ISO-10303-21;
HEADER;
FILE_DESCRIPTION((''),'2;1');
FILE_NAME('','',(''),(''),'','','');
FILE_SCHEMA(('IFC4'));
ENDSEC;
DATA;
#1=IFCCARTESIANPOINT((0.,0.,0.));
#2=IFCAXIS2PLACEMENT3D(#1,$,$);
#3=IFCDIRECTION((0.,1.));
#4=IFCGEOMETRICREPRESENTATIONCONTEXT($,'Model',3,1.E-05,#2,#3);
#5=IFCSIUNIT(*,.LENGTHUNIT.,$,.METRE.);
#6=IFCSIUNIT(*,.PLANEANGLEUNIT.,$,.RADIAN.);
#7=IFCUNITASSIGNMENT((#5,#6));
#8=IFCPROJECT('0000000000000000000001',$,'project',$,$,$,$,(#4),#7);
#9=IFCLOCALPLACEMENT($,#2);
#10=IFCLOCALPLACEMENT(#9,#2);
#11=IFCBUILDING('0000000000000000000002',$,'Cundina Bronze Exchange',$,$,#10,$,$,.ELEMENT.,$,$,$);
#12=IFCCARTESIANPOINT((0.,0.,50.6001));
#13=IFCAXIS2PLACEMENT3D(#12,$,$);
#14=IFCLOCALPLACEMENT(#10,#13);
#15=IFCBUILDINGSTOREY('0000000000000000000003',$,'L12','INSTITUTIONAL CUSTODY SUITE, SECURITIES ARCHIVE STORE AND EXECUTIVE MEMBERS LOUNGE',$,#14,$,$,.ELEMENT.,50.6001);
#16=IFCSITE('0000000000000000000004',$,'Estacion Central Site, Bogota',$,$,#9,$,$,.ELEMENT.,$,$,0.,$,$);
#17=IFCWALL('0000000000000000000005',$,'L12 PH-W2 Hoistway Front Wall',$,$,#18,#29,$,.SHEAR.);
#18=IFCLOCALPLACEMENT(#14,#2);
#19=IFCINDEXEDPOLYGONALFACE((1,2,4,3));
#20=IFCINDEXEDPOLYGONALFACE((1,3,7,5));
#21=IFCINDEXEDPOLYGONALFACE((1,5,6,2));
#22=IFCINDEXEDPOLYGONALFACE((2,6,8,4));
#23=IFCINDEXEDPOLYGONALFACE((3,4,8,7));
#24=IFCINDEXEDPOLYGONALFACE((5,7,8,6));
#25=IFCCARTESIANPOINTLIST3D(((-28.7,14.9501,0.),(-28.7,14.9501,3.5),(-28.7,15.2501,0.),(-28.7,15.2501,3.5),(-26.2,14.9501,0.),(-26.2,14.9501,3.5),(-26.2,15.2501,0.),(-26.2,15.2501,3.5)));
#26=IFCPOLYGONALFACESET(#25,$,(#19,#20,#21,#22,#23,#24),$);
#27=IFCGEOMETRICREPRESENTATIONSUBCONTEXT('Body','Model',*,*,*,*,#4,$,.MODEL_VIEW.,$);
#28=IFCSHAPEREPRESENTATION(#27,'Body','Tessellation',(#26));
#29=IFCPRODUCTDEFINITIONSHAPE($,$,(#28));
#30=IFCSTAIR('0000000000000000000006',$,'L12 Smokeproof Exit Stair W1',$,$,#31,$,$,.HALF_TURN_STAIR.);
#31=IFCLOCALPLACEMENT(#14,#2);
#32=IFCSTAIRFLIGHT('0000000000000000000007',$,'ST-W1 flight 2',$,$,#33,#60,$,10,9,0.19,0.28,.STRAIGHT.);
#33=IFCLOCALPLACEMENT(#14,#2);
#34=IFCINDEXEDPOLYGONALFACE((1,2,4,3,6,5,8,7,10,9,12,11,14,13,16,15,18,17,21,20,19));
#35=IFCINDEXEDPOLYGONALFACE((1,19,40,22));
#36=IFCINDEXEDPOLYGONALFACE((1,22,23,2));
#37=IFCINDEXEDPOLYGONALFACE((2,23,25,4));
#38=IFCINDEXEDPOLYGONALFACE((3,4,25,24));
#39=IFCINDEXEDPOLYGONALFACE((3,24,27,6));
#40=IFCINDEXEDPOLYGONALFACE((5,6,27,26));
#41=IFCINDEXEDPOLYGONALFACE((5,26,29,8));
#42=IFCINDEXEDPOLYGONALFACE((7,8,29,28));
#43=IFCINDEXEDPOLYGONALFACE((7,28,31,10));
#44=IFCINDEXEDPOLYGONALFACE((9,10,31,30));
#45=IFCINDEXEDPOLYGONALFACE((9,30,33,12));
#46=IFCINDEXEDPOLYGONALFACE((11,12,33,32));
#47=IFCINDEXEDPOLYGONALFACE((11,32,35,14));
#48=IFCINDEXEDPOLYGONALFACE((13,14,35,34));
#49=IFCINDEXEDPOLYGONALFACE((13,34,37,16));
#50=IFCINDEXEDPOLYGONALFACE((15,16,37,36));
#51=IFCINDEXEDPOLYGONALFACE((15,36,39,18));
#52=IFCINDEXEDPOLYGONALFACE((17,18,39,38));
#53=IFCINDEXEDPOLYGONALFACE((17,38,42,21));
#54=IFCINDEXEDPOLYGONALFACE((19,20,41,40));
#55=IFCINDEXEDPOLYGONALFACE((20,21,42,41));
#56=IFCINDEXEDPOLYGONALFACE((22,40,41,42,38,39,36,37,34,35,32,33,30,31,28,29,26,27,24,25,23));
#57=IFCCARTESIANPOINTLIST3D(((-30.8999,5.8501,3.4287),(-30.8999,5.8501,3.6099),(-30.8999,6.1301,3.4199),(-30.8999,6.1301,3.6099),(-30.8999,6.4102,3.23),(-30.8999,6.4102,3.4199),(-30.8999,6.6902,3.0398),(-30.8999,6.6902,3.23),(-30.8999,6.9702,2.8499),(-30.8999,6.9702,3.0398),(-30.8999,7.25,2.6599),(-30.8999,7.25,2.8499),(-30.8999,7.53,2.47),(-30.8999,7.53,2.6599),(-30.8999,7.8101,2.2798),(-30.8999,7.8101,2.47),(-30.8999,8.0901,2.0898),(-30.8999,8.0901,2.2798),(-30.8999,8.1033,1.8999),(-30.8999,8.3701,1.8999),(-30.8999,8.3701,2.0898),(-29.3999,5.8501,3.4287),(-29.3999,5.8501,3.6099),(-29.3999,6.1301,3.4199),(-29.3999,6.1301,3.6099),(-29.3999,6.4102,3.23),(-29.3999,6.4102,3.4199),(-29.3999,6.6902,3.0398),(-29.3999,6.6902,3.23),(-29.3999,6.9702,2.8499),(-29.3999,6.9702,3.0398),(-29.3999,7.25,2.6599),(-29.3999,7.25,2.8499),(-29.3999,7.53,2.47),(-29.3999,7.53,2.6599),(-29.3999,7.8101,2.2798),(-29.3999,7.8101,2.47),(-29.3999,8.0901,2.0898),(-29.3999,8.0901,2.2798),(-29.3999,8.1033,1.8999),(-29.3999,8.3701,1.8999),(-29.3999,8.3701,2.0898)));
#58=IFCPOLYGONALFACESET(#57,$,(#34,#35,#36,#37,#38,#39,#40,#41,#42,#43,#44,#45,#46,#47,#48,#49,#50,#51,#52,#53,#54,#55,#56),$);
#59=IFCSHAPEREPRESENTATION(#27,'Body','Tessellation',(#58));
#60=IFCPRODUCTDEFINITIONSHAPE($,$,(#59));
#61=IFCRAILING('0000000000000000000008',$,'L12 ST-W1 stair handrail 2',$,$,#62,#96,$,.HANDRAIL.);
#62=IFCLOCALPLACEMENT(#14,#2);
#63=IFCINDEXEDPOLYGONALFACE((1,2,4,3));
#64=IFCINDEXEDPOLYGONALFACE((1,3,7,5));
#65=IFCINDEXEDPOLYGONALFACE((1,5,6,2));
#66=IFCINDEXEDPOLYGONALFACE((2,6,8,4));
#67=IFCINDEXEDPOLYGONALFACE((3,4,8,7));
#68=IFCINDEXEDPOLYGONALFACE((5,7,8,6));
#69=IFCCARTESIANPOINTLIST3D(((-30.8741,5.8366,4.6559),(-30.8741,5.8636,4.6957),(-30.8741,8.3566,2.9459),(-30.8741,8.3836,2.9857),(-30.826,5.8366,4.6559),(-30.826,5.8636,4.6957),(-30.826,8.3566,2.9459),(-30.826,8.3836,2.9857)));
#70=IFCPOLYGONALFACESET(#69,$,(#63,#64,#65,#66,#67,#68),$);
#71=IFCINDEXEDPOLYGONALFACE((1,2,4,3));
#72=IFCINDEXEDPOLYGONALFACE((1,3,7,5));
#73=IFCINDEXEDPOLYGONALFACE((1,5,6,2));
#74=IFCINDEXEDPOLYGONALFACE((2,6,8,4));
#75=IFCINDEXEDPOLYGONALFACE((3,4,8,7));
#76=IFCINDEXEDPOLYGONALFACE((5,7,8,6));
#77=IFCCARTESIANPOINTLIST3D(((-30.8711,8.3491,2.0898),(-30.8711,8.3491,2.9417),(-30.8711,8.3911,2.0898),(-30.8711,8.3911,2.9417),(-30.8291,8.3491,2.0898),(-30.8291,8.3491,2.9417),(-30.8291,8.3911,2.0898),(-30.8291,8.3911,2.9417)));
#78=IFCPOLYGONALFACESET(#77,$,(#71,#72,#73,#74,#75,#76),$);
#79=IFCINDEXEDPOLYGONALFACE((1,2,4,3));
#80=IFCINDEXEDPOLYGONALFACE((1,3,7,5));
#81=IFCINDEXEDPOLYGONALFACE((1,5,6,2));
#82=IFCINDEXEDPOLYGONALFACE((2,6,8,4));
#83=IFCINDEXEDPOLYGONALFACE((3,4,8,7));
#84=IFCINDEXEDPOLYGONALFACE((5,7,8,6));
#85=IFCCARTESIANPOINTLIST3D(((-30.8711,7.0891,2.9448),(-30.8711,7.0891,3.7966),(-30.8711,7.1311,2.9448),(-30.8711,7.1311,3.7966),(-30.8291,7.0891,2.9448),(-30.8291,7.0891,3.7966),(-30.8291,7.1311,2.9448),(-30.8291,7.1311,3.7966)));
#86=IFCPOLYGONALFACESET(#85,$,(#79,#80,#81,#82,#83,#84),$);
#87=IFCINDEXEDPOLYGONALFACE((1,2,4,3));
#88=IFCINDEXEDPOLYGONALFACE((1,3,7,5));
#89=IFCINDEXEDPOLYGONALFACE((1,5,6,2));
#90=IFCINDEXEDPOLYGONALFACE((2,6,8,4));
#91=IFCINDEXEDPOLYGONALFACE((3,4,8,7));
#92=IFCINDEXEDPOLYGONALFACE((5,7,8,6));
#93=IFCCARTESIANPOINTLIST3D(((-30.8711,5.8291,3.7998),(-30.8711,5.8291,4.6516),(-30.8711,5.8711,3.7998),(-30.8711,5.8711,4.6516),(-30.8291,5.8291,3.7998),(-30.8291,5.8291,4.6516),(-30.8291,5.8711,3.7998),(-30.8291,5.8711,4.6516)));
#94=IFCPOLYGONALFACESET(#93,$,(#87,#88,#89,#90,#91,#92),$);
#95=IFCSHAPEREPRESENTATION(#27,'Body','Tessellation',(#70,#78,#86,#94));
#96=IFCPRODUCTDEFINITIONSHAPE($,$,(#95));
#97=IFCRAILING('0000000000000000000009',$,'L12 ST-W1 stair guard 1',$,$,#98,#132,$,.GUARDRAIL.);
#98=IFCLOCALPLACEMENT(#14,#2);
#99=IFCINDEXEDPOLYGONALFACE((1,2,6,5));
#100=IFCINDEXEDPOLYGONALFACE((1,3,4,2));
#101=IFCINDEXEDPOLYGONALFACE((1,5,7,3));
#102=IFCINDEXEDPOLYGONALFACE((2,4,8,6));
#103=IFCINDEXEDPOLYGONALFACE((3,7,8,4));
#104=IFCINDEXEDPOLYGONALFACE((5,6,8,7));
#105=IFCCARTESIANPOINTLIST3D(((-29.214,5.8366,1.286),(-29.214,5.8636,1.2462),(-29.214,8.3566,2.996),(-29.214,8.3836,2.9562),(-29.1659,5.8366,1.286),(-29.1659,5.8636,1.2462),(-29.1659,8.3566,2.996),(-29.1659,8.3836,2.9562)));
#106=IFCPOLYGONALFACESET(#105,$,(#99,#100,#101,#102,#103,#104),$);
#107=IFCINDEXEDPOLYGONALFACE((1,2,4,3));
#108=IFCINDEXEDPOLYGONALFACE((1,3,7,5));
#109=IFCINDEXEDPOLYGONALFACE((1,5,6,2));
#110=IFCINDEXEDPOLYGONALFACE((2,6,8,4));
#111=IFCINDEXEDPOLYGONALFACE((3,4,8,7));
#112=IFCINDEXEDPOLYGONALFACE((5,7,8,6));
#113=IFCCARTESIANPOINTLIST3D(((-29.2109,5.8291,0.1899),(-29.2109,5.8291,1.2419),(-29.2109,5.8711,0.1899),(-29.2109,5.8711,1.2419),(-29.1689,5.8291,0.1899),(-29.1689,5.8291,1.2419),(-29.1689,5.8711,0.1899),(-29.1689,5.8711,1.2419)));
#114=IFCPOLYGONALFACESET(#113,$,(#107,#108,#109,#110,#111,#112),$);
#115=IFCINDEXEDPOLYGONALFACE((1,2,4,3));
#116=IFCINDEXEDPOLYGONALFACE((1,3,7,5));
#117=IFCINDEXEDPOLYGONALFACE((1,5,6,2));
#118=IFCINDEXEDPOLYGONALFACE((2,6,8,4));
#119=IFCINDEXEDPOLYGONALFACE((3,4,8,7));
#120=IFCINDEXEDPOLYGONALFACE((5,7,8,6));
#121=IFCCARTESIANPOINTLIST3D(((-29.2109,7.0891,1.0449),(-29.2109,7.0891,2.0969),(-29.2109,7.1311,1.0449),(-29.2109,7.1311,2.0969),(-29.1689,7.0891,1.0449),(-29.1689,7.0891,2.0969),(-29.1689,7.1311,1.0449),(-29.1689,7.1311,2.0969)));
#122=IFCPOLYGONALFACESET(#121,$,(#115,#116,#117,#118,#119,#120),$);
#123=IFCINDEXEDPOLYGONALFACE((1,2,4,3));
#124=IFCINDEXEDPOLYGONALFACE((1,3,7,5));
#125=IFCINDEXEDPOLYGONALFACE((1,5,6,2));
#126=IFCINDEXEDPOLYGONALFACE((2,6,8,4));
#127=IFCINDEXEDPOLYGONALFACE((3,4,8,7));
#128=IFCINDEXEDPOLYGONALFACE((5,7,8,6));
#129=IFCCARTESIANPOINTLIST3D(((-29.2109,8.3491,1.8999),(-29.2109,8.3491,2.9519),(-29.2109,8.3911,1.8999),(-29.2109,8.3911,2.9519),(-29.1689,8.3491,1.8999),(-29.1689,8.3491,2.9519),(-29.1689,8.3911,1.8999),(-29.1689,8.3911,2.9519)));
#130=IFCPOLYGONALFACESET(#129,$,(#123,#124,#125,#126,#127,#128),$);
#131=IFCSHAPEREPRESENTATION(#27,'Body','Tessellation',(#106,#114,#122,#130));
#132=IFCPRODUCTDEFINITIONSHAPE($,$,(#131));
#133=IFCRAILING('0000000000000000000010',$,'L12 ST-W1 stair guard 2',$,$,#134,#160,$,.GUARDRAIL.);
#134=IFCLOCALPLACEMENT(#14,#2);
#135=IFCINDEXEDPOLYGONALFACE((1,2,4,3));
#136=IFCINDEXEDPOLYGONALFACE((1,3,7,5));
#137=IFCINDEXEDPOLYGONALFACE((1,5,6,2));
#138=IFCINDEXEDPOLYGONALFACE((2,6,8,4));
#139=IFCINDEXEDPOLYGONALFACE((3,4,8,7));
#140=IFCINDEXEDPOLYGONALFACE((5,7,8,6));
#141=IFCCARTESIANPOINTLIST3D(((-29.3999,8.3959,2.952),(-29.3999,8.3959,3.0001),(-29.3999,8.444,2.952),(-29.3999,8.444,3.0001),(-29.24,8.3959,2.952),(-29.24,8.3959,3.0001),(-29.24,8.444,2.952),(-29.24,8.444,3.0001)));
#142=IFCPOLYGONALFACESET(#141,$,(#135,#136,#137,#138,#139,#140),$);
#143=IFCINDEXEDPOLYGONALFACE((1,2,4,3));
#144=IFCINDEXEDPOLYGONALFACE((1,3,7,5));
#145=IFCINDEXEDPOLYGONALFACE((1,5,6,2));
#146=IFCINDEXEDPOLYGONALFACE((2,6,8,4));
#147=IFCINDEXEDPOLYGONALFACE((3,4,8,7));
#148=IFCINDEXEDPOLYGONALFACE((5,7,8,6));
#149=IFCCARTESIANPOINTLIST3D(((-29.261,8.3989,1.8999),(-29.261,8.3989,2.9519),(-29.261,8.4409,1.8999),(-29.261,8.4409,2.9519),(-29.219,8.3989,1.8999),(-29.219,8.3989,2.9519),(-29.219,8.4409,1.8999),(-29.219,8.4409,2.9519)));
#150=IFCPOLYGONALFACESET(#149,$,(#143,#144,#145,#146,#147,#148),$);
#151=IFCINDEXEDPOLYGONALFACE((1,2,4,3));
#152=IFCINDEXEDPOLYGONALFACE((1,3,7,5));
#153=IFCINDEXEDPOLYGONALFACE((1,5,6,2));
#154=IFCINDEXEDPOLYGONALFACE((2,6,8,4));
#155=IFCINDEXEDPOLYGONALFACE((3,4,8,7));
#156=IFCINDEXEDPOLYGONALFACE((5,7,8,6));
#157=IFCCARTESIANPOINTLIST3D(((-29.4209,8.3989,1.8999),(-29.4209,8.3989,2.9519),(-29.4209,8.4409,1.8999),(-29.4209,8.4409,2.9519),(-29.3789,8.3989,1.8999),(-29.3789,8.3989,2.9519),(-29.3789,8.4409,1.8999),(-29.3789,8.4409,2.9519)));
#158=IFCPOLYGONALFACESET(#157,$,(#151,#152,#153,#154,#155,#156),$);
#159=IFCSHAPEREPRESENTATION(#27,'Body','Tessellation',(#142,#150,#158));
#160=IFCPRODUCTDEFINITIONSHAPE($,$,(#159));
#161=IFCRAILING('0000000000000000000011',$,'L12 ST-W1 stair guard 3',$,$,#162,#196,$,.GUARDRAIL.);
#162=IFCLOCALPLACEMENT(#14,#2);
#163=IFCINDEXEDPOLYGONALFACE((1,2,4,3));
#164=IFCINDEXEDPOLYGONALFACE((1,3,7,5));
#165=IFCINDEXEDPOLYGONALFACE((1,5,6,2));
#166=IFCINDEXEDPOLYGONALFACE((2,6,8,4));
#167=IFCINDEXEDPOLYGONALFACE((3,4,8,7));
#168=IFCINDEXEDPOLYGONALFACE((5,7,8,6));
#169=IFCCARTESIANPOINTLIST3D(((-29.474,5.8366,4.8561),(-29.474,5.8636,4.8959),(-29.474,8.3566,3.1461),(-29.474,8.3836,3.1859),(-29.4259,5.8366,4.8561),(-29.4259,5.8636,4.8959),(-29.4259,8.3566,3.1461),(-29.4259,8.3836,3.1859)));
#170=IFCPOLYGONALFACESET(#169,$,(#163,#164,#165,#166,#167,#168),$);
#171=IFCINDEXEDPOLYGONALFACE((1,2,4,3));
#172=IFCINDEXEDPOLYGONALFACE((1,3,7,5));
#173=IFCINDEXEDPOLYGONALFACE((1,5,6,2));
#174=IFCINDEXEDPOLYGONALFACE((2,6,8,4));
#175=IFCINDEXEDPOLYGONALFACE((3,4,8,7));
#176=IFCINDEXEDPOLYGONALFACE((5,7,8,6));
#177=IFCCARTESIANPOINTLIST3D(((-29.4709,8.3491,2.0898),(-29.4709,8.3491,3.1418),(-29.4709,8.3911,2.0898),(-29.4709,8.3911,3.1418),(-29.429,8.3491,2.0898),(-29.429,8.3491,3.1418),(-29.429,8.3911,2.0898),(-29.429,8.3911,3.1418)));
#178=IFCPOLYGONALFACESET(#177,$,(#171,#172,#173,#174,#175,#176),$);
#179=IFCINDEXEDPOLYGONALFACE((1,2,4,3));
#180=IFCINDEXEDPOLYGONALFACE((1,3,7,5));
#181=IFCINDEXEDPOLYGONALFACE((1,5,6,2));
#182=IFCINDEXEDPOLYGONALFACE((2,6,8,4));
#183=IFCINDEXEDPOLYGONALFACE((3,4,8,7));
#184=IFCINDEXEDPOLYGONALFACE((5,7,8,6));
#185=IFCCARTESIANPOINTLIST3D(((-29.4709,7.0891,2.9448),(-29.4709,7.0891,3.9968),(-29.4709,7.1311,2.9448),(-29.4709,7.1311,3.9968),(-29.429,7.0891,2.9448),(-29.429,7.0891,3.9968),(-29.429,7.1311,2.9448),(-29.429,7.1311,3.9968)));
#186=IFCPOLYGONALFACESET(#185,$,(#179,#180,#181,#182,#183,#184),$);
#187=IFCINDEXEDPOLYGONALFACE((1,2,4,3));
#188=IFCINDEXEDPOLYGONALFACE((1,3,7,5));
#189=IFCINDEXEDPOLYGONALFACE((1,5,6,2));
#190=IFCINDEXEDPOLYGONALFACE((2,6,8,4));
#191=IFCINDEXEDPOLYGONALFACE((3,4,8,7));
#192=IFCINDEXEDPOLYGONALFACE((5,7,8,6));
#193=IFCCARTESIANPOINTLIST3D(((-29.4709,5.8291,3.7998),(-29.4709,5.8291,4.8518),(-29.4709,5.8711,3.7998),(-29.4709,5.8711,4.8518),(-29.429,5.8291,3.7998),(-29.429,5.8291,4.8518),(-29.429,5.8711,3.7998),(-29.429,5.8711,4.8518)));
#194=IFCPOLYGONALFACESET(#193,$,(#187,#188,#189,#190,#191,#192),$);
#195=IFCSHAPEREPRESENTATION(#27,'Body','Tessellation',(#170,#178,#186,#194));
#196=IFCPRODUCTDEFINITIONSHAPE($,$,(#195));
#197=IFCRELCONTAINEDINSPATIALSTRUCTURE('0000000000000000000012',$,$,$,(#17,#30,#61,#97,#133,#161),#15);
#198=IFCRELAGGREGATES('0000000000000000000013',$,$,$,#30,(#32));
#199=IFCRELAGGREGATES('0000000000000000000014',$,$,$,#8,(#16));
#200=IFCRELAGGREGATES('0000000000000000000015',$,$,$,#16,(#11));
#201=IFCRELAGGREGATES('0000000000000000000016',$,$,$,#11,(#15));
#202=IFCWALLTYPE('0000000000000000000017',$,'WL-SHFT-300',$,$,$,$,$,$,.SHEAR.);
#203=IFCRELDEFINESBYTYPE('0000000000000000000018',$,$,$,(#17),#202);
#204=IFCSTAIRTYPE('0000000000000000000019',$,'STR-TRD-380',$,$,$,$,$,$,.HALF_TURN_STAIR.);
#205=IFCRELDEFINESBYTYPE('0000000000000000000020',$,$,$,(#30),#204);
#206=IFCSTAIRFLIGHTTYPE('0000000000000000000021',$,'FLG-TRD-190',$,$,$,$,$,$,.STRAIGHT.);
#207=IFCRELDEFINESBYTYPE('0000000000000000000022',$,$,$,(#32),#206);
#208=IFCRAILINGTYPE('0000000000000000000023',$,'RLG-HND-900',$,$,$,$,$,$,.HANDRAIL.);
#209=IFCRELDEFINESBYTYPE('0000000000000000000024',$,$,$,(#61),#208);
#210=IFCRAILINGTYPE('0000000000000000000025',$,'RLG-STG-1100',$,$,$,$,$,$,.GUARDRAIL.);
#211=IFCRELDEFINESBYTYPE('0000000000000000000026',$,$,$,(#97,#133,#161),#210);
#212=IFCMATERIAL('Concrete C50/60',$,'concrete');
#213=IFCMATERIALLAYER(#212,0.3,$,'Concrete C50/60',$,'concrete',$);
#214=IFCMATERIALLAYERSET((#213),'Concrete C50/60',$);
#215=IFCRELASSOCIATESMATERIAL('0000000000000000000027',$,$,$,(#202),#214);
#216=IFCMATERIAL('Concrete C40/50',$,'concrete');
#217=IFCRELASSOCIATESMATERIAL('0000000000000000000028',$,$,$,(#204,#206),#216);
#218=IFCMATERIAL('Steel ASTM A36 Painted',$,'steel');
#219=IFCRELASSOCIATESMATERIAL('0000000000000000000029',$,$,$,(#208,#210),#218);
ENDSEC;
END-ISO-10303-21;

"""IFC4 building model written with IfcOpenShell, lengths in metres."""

from ifc_helpers import new_model, si_unit, direction, frame, frame_2d, origin, origin_2d, place, context, subcontext, project, spatial, polyline, rectangle, outline, extrude, material, layer, layer_set, type_object, element, aggregate, save


model = new_model("IFC4")

# Units and contexts
model_context = context("Model", 3, precision=1e-05, world=origin(), true_north=direction((0.0, 1.0)))
body_context = subcontext(model_context, "Body", "Model", "MODEL_VIEW")
ifc_project = project(units=[si_unit("LENGTHUNIT", "METRE"), si_unit("PLANEANGLEUNIT", "RADIAN")], contexts=[model_context])

# Site, building, storey
site_placement = place(None, origin())
site = spatial("IfcSite", under=ifc_project, at=site_placement, Name="Estacion Central Site, Bogota", CompositionType="ELEMENT", RefElevation=0.0)
building_placement = place(site_placement, origin())
building = spatial("IfcBuilding", under=site, at=building_placement, Name="Cundina Bronze Exchange", CompositionType="ELEMENT")
storey_placement = place(building_placement, frame((0.0, 0.0, 50.6001)))
storey = spatial("IfcBuildingStorey", under=building, at=storey_placement, Name="L12", Description="INSTITUTIONAL CUSTODY SUITE, SECURITIES ARCHIVE STORE AND EXECUTIVE MEMBERS LOUNGE", CompositionType="ELEMENT", Elevation=50.6001)

# Shared definitions
ifc_material_1 = material(Name="Concrete C50/60", Category="concrete")
ifc_layer_1 = layer(ifc_material_1, 0.3, Name="Concrete C50/60", Category="concrete")
ifc_layer_set_1 = layer_set([ifc_layer_1], Name="Concrete C50/60")
wall_type_1 = type_object("IfcWallType", Name="WL-SHFT-300", PredefinedType="SHEAR", material=ifc_layer_set_1)
ifc_material_2 = material(Name="Steel ASTM A36 Painted", Category="steel")

# Wall
wall_1_placement = place(storey_placement, frame((-28.7, 15.1001, 0.0), z_axis=(0.0, 0.0, 1.0), x_axis=(1.0, 0.0, 0.0)))
element("IfcWall", 1, at=wall_1_placement, inside=storey, type_object=wall_type_1, Name="L12 PH-W2 Hoistway Front Wall", PredefinedType="SHEAR", context=body_context, shape_type="SweptSolid", body=[
    extrude(rectangle(XDim=2.5, YDim=0.3, at=frame_2d((1.25, 0.0))), origin(), (0.0, 0.0, 1.0), 3.5),
])

# Stair, stair flight
ifc_material_3 = material(Name="Concrete C40/50", Category="concrete")
stair_type = type_object("IfcStairType", Name="STR-TRD-380", PredefinedType="HALF_TURN_STAIR", material=ifc_material_3)
stair_placement = place(storey_placement, origin())
stair = element("IfcStair", 2, at=stair_placement, inside=storey, type_object=stair_type, Name="L12 Smokeproof Exit Stair W1", PredefinedType="HALF_TURN_STAIR")
stair_flight_type = type_object("IfcStairFlightType", Name="FLG-TRD-190", PredefinedType="STRAIGHT", material=ifc_material_3)
stair_flight_placement = place(storey_placement, frame((-30.1499, 8.3701, 1.8999), z_axis=(0.0, 0.0, 1.0), x_axis=(0.0, -1.0, 0.0)))
stair_flight = element("IfcStairFlight", 3, at=stair_flight_placement, type_object=stair_flight_type, Name="ST-W1 flight 2", NumberOfRisers=10, NumberOfTreads=9, PredefinedType="STRAIGHT", RiserHeight=0.19, TreadLength=0.28, context=body_context, shape_type="SweptSolid", body=[
    extrude(outline(polyline([(0.0, 0.0), (0.0, 0.1899), (0.28, 0.1899), (0.28, 0.3799), (0.5601, 0.3799), (0.5601, 0.5701), (0.8401, 0.5701), (0.8401, 0.76), (1.1201, 0.76), (1.1201, 0.95), (1.3999, 0.95), (1.3999, 1.1399), (1.6799, 1.1399), (1.6799, 1.3301), (1.96, 1.3301), (1.96, 1.52), (2.24, 1.52), (2.24, 1.71), (2.52, 1.71), (2.52, 1.8999), (2.52, 1.5288), (0.2668, 0.0), (0.0, 0.0)])), frame((0.0, 0.75, 0.0), z_axis=(0.0, -1.0, 0.0), x_axis=(1.0, 0.0, 0.0)), (0.0, 0.0, 1.0), 1.5),
])
aggregate(stair, [stair_flight])

# Railings
railing_type_1 = type_object("IfcRailingType", Name="RLG-HND-900", PredefinedType="HANDRAIL", material=ifc_material_2)
railing_1_placement = place(storey_placement, frame((-30.8501, 8.3701, 2.0898)))
element("IfcRailing", 4, at=railing_1_placement, inside=storey, type_object=railing_type_1, Name="L12 ST-W1 stair handrail 2", PredefinedType="HANDRAIL", context=body_context, shape_type="SweptSolid", body=[
    extrude(rectangle(XDim=0.0481, YDim=0.0481, at=origin_2d()), frame((0.0, 0.0, 0.876), z_axis=(0.0, -0.827484, 0.56149), x_axis=(1.0, 0.0, 0.0)), (0.0, 0.0, 1.0), 3.0454),
    extrude(rectangle(XDim=0.042, YDim=0.042, at=origin_2d()), origin(), (0.0, 0.0, 1.0), 0.8518),
    extrude(rectangle(XDim=0.042, YDim=0.042, at=origin_2d()), frame((0.0, -1.26, 0.855)), (0.0, 0.0, 1.0), 0.8518),
    extrude(rectangle(XDim=0.042, YDim=0.042, at=origin_2d()), frame((0.0, -2.52, 1.71)), (0.0, 0.0, 1.0), 0.8518),
])
railing_type_2 = type_object("IfcRailingType", Name="RLG-STG-1100", PredefinedType="GUARDRAIL", material=ifc_material_2)
railing_2_placement = place(storey_placement, frame((-29.1899, 5.8501, 0.1899)))
element("IfcRailing", 5, at=railing_2_placement, inside=storey, type_object=railing_type_2, Name="L12 ST-W1 stair guard 1", PredefinedType="GUARDRAIL", context=body_context, shape_type="SweptSolid", body=[
    extrude(rectangle(XDim=0.0481, YDim=0.0481, at=origin_2d()), frame((0.0, 0.0, 1.0762), z_axis=(0.0, 0.827484, 0.56149), x_axis=(-1.0, 0.0, 0.0)), (0.0, 0.0, 1.0), 3.0454),
    extrude(rectangle(XDim=0.042, YDim=0.042, at=origin_2d()), origin(), (0.0, 0.0, 1.0), 1.052),
    extrude(rectangle(XDim=0.042, YDim=0.042, at=origin_2d()), frame((0.0, 1.26, 0.855)), (0.0, 0.0, 1.0), 1.052),
    extrude(rectangle(XDim=0.042, YDim=0.042, at=origin_2d()), frame((0.0, 2.52, 1.71)), (0.0, 0.0, 1.0), 1.052),
])
railing_3_placement = place(storey_placement, frame((-29.24, 8.4199, 1.8999)))
element("IfcRailing", 6, at=railing_3_placement, inside=storey, type_object=railing_type_2, Name="L12 ST-W1 stair guard 2", PredefinedType="GUARDRAIL", context=body_context, shape_type="SweptSolid", body=[
    extrude(rectangle(XDim=0.0481, YDim=0.0481, at=origin_2d()), frame((0.0, 0.0, 1.0762), z_axis=(-1.0, 0.0, 0.0), x_axis=(0.0, -1.0, 0.0)), (0.0, 0.0, 1.0), 0.1599),
    extrude(rectangle(XDim=0.042, YDim=0.042, at=origin_2d()), origin(), (0.0, 0.0, 1.0), 1.052),
    extrude(rectangle(XDim=0.042, YDim=0.042, at=origin_2d()), frame((-0.1599, 0.0, 0.0)), (0.0, 0.0, 1.0), 1.052),
])
railing_4_placement = place(storey_placement, frame((-29.45, 8.3701, 2.0898)))
element("IfcRailing", 7, at=railing_4_placement, inside=storey, type_object=railing_type_2, Name="L12 ST-W1 stair guard 3", PredefinedType="GUARDRAIL", context=body_context, shape_type="SweptSolid", body=[
    extrude(rectangle(XDim=0.0481, YDim=0.0481, at=origin_2d()), frame((0.0, 0.0, 1.0762), z_axis=(0.0, -0.827484, 0.56149), x_axis=(1.0, 0.0, 0.0)), (0.0, 0.0, 1.0), 3.0454),
    extrude(rectangle(XDim=0.042, YDim=0.042, at=origin_2d()), origin(), (0.0, 0.0, 1.0), 1.052),
    extrude(rectangle(XDim=0.042, YDim=0.042, at=origin_2d()), frame((0.0, -1.26, 0.855)), (0.0, 0.0, 1.0), 1.052),
    extrude(rectangle(XDim=0.042, YDim=0.042, at=origin_2d()), frame((0.0, -2.52, 1.71)), (0.0, 0.0, 1.0), 1.052),
])

save(model, "model.ifc")
